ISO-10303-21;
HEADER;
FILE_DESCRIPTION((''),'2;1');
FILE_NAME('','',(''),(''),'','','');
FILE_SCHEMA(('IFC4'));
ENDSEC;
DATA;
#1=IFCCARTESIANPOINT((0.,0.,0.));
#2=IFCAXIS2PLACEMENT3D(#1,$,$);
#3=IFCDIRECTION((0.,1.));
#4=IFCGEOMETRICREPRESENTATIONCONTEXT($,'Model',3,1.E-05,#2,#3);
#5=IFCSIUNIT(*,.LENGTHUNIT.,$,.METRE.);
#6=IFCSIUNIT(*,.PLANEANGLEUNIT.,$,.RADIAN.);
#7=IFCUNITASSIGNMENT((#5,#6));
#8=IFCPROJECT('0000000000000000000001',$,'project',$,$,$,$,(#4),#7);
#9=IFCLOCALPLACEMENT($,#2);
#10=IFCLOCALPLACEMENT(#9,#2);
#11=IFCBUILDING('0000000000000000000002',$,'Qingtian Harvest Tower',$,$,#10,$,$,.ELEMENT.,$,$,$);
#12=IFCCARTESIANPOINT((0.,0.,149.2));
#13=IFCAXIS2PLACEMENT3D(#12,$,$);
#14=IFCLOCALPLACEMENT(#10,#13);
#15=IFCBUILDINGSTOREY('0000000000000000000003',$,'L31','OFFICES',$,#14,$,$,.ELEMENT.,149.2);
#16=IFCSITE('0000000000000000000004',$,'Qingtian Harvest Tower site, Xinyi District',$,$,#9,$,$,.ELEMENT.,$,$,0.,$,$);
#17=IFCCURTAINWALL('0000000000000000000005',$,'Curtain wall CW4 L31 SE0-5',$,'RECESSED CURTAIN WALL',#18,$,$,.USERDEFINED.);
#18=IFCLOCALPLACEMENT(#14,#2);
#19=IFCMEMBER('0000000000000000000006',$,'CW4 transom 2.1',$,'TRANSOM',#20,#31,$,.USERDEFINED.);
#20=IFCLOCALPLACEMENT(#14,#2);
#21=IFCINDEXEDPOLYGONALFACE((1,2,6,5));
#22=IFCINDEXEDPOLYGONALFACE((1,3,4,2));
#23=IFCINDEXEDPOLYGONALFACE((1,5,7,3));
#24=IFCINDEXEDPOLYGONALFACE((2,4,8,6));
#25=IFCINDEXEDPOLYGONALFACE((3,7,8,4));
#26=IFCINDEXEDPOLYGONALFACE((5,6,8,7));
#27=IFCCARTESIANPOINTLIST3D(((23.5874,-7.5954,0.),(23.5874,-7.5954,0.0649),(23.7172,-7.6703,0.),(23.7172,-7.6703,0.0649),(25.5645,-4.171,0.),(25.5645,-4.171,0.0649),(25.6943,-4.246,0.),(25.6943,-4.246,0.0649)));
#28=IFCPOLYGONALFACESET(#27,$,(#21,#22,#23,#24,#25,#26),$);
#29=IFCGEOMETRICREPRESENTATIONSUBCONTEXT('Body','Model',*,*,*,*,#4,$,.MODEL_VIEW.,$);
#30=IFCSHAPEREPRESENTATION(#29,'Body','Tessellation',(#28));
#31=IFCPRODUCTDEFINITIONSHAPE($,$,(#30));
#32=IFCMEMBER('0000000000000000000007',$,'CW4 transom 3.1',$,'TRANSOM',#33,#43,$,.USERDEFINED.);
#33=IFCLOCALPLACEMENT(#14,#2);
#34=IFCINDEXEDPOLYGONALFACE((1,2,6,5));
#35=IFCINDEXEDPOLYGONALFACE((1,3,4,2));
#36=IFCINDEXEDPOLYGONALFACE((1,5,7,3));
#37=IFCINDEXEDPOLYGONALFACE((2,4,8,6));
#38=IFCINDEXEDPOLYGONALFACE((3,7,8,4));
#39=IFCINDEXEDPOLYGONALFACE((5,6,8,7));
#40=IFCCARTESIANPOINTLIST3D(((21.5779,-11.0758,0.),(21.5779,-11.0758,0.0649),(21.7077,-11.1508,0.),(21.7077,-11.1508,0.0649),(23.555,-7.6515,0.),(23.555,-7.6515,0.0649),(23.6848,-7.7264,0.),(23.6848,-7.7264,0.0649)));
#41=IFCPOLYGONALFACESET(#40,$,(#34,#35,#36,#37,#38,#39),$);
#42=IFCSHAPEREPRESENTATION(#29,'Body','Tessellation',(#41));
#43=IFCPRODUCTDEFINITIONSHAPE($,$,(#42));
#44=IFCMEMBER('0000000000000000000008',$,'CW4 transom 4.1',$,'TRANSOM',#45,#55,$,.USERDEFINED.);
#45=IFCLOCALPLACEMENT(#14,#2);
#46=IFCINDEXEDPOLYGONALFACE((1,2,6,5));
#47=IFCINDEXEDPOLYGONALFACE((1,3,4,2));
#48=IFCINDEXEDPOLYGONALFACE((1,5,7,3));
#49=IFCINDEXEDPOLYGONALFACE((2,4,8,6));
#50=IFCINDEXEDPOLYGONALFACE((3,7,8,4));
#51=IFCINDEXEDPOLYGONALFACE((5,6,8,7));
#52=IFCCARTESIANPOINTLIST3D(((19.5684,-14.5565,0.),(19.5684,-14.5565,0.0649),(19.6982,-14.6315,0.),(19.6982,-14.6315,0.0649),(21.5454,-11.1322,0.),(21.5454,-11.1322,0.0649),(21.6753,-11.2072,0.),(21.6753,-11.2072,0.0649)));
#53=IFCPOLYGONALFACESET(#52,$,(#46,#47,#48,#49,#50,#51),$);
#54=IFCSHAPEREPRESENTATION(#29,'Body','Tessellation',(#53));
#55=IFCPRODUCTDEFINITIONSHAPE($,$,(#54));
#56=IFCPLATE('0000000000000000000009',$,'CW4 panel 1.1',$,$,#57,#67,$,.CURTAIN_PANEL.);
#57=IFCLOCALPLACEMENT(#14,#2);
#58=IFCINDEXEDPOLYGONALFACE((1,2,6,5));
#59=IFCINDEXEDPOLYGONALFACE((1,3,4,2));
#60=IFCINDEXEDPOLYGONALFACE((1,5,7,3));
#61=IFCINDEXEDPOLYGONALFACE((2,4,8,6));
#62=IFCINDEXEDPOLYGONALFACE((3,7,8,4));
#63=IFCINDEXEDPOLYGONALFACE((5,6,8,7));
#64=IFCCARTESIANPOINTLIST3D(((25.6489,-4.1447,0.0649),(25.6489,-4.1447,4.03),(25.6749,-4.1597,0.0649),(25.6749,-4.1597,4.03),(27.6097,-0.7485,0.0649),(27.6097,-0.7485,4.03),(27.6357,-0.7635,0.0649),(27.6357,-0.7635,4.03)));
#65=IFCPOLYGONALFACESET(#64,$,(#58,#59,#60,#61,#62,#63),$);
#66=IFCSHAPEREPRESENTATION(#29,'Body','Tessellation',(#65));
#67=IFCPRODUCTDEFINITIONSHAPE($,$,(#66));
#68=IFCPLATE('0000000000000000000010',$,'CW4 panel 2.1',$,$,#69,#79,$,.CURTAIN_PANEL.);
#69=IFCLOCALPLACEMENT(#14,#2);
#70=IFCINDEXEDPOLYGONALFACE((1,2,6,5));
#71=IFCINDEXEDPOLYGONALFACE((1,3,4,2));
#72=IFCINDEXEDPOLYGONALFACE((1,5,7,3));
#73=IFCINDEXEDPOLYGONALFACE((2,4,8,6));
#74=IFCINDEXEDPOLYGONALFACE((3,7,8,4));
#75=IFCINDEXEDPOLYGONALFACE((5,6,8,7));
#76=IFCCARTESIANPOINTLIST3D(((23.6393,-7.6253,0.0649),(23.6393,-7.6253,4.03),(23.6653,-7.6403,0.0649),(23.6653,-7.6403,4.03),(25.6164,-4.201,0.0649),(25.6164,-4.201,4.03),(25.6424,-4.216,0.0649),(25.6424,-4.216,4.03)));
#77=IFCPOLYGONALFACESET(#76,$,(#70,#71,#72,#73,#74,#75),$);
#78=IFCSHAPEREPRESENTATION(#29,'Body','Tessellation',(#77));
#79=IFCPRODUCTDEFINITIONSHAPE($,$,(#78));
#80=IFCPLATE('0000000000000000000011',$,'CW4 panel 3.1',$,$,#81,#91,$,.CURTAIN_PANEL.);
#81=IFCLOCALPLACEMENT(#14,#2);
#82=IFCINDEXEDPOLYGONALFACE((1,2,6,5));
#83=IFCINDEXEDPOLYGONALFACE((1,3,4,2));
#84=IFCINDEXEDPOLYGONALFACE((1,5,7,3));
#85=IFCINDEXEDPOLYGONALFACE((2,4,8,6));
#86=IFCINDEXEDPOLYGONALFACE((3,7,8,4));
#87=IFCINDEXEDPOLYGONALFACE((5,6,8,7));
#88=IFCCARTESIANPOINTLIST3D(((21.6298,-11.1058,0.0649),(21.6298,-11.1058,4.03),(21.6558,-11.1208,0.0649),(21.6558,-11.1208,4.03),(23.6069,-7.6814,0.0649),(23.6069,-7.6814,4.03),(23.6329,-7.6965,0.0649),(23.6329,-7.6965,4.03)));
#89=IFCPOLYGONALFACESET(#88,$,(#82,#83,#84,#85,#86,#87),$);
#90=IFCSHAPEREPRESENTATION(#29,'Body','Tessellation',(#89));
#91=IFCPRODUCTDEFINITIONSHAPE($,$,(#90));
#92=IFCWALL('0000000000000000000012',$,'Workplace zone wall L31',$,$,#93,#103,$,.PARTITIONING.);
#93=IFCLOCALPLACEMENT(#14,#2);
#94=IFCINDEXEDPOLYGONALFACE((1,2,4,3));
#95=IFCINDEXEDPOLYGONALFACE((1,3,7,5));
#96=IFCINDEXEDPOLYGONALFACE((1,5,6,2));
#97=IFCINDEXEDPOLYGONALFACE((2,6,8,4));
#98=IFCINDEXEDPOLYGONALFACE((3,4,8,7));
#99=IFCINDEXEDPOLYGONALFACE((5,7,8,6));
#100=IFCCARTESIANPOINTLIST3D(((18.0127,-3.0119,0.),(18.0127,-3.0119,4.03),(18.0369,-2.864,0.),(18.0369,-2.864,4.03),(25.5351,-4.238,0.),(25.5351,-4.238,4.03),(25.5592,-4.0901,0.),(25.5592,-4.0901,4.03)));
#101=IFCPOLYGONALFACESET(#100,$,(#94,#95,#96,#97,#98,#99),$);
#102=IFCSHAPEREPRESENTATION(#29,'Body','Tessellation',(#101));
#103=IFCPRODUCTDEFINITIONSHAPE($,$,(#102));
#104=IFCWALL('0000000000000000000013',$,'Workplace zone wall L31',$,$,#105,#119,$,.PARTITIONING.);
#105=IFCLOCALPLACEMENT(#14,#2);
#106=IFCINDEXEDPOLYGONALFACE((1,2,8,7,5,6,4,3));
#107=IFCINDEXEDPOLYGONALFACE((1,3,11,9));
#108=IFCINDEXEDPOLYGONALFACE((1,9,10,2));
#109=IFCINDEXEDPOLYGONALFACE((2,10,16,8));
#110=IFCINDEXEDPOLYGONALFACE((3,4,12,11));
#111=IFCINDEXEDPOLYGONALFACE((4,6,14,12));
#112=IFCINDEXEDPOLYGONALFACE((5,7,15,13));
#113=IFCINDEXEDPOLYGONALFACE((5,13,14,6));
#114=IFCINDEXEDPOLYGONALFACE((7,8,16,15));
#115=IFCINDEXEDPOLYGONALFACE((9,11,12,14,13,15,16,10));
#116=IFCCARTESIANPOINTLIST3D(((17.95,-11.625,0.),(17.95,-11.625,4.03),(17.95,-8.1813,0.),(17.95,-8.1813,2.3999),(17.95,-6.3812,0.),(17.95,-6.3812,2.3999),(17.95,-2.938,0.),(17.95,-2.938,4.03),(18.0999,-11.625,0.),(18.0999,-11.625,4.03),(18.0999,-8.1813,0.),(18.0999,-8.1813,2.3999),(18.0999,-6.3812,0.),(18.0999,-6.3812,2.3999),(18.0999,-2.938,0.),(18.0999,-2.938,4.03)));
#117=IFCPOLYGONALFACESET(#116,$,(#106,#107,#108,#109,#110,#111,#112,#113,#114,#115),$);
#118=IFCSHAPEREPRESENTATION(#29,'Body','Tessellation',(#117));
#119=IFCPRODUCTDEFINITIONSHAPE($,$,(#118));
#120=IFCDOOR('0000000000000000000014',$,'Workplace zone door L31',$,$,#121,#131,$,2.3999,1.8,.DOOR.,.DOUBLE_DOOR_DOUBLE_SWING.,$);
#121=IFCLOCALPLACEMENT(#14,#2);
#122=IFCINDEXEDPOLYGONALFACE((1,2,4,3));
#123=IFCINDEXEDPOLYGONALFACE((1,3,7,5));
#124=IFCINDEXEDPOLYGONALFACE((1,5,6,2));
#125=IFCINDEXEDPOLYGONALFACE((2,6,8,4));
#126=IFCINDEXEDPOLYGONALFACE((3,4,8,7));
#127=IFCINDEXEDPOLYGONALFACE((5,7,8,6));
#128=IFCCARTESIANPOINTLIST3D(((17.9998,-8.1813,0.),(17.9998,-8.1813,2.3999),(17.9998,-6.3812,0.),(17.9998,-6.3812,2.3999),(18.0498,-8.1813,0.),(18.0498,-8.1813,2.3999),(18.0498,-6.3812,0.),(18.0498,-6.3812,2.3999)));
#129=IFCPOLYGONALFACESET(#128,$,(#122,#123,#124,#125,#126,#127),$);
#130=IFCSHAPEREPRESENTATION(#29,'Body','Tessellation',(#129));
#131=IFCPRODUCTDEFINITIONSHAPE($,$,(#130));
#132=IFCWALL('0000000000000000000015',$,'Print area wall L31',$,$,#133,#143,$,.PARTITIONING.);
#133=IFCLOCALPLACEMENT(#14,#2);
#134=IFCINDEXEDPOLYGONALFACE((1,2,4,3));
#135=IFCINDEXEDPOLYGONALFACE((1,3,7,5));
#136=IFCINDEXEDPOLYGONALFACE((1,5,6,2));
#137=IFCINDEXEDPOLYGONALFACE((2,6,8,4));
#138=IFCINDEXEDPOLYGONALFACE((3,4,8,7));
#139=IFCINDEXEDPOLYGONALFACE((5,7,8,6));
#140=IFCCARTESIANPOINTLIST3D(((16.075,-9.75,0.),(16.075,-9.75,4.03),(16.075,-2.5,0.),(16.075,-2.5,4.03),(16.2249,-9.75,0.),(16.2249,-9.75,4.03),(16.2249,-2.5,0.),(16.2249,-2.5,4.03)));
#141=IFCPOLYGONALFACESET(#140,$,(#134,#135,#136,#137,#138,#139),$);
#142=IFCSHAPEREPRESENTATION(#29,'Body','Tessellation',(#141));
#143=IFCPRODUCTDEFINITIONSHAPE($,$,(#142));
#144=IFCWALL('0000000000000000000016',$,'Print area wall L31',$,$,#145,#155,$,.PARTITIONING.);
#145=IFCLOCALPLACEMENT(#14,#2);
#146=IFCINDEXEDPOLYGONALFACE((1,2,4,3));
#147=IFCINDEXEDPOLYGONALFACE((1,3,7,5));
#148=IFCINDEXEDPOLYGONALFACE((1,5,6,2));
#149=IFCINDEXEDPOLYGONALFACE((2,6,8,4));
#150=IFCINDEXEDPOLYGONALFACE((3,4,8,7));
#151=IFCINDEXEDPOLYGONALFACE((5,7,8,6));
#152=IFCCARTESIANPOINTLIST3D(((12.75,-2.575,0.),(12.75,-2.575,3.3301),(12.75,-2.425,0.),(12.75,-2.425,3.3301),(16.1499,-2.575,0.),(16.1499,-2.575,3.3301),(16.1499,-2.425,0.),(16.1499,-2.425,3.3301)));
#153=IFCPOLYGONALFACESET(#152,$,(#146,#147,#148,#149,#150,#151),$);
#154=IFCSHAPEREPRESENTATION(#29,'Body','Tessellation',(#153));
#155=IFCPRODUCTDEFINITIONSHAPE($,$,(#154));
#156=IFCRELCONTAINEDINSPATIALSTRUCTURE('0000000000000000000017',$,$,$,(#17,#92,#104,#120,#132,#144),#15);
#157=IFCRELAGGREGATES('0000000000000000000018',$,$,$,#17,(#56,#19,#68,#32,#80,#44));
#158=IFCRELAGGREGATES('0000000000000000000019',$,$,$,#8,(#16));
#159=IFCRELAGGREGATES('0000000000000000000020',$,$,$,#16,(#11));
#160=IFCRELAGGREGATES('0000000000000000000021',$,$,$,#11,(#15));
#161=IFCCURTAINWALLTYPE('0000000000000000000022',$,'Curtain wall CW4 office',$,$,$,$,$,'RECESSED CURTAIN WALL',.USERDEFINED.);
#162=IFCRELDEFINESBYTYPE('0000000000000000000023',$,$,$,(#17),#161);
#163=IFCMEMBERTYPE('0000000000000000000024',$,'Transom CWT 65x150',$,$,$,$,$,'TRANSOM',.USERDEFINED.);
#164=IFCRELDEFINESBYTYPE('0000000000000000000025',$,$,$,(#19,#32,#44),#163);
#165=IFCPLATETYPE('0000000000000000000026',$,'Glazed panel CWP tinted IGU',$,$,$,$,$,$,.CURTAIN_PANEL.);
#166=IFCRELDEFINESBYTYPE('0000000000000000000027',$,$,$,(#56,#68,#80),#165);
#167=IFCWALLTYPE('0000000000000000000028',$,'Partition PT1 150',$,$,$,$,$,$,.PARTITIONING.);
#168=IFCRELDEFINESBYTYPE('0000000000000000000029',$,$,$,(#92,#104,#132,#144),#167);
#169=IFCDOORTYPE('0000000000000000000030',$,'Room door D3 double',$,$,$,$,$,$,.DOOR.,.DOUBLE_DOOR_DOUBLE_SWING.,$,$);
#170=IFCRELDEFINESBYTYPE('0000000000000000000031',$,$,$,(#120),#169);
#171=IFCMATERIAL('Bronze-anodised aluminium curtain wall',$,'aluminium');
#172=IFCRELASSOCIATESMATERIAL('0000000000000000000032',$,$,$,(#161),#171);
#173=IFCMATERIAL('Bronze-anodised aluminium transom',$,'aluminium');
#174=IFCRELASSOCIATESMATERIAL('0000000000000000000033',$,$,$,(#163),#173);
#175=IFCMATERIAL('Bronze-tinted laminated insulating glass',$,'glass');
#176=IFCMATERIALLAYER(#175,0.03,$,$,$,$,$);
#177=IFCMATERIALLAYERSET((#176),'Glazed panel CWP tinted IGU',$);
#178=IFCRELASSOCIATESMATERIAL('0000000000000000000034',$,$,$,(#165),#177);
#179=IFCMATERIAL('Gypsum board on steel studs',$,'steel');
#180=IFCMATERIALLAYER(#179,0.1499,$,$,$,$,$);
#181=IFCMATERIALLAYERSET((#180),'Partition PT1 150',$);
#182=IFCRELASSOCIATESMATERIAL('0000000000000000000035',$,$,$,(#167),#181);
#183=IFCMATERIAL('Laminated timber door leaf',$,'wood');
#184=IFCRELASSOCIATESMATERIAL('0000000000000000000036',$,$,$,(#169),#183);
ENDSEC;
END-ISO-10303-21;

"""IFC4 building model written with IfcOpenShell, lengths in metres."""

from ifc_helpers import new_model, si_unit, direction, frame, frame_2d, origin, origin_2d, place, context, subcontext, project, spatial, rectangle, extrude, material, layer, layer_set, material_profile, profile_set, type_object, element, fill, aggregate, save


model = new_model("IFC4")

# Units and contexts
model_context = context("Model", 3, precision=1e-05, world=origin(), true_north=direction((0.0, 1.0)))
body_context = subcontext(model_context, "Body", "Model", "MODEL_VIEW")
ifc_project = project(units=[si_unit("LENGTHUNIT", "METRE"), si_unit("PLANEANGLEUNIT", "RADIAN")], contexts=[model_context])

# Site, building, storey
site_placement = place(None, origin())
site = spatial("IfcSite", under=ifc_project, at=site_placement, Name="Qingtian Harvest Tower site, Xinyi District", CompositionType="ELEMENT", RefElevation=0.0)
building_placement = place(site_placement, origin())
building = spatial("IfcBuilding", under=site, at=building_placement, Name="Qingtian Harvest Tower", CompositionType="ELEMENT")
storey_placement = place(building_placement, frame((0.0, 0.0, 149.2)))
storey = spatial("IfcBuildingStorey", under=building, at=storey_placement, Name="L31", Description="OFFICES", CompositionType="ELEMENT", Elevation=149.2)

# Shared definitions
ifc_material_1 = material(Name="Bronze-anodised aluminium curtain wall", Category="aluminium")
curtain_wall_type = type_object("IfcCurtainWallType", Name="Curtain wall CW4 office", ElementType="RECESSED CURTAIN WALL", PredefinedType="USERDEFINED", material=ifc_material_1)

# Curtain wall
curtain_wall_1_placement = place(storey_placement, origin())
curtain_wall_1 = element("IfcCurtainWall", 1, at=curtain_wall_1_placement, inside=storey, type_object=curtain_wall_type, Name="Curtain wall CW4 L31 SE0-5", ObjectType="RECESSED CURTAIN WALL", PredefinedType="USERDEFINED")

# Members
ifc_material_2 = material(Name="Bronze-anodised aluminium transom", Category="aluminium")
ifc_material_profile_1 = material_profile(ifc_material_2, rectangle(XDim=0.1499, YDim=0.0649, at=origin_2d()), Name="AL 65x150")
ifc_profile_set_1 = profile_set([ifc_material_profile_1], Name="Bronze-anodised aluminium transom")
member_type_1 = type_object("IfcMemberType", Name="Transom CWT 65x150", ElementType="TRANSOM", PredefinedType="USERDEFINED", material=ifc_profile_set_1)
member_1_placement = place(storey_placement, frame((25.6294, -4.2085, 0.0325), z_axis=(-0.500004, -0.866023, 0.0), x_axis=(0.866023, -0.500004, 0.0)))
member_1 = element("IfcMember", 2, at=member_1_placement, type_object=member_type_1, Name="CW4 transom 2.1", ObjectType="TRANSOM", PredefinedType="USERDEFINED", context=body_context, shape_type="SweptSolid", body=[
    extrude(rectangle(XDim=0.1499, YDim=0.0649, at=origin_2d()), origin(), (0.0, 0.0, 1.0), 3.9541),
])
member_2_placement = place(storey_placement, frame((23.6199, -7.689, 0.0325), z_axis=(-0.500004, -0.866023, 0.0), x_axis=(0.866023, -0.500004, 0.0)))
member_2 = element("IfcMember", 3, at=member_2_placement, type_object=member_type_1, Name="CW4 transom 3.1", ObjectType="TRANSOM", PredefinedType="USERDEFINED", context=body_context, shape_type="SweptSolid", body=[
    extrude(rectangle(XDim=0.1499, YDim=0.0649, at=origin_2d()), origin(), (0.0, 0.0, 1.0), 3.9541),
])
member_3_placement = place(storey_placement, frame((21.6104, -11.1697, 0.0325), z_axis=(-0.500004, -0.866023, 0.0), x_axis=(0.866023, -0.500004, 0.0)))
member_3 = element("IfcMember", 4, at=member_3_placement, type_object=member_type_1, Name="CW4 transom 4.1", ObjectType="TRANSOM", PredefinedType="USERDEFINED", context=body_context, shape_type="SweptSolid", body=[
    extrude(rectangle(XDim=0.1499, YDim=0.0649, at=origin_2d()), origin(), (0.0, 0.0, 1.0), 3.9541),
])

# Plates
ifc_material_3 = material(Name="Bronze-tinted laminated insulating glass", Category="glass")
ifc_layer_1 = layer(ifc_material_3, 0.03)
ifc_layer_set_1 = layer_set([ifc_layer_1], Name="Glazed panel CWP tinted IGU")
plate_type = type_object("IfcPlateType", Name="Glazed panel CWP tinted IGU", PredefinedType="CURTAIN_PANEL", material=ifc_layer_set_1)
plate_1_placement = place(storey_placement, frame((26.6423, -2.4541, 0.0649), z_axis=(0.0, 0.0, 1.0), x_axis=(-0.5, -0.866025, 0.0)))
plate_1 = element("IfcPlate", 5, at=plate_1_placement, type_object=plate_type, Name="CW4 panel 1.1", PredefinedType="CURTAIN_PANEL", context=body_context, shape_type="SweptSolid", body=[
    extrude(rectangle(XDim=3.9216, YDim=0.03, at=origin_2d()), origin(), (0.0, 0.0, 1.0), 3.9651),
])
plate_2_placement = place(storey_placement, frame((24.6409, -5.9207, 0.0649), z_axis=(0.0, 0.0, 1.0), x_axis=(-0.5, -0.866025, 0.0)))
plate_2 = element("IfcPlate", 6, at=plate_2_placement, type_object=plate_type, Name="CW4 panel 2.1", PredefinedType="CURTAIN_PANEL", context=body_context, shape_type="SweptSolid", body=[
    extrude(rectangle(XDim=3.9541, YDim=0.03, at=origin_2d()), origin(), (0.0, 0.0, 1.0), 3.9651),
])
plate_3_placement = place(storey_placement, frame((22.6313, -9.4011, 0.0649), z_axis=(0.0, 0.0, 1.0), x_axis=(-0.5, -0.866025, 0.0)))
plate_3 = element("IfcPlate", 7, at=plate_3_placement, type_object=plate_type, Name="CW4 panel 3.1", PredefinedType="CURTAIN_PANEL", context=body_context, shape_type="SweptSolid", body=[
    extrude(rectangle(XDim=3.9541, YDim=0.03, at=origin_2d()), origin(), (0.0, 0.0, 1.0), 3.9651),
])
aggregate(curtain_wall_1, [plate_1, member_1, plate_2, member_2, plate_3, member_3])

# Wall
ifc_material_4 = material(Name="Gypsum board on steel studs", Category="steel")
ifc_layer_2 = layer(ifc_material_4, 0.1499)
ifc_layer_set_2 = layer_set([ifc_layer_2], Name="Partition PT1 150")
wall_type = type_object("IfcWallType", Name="Partition PT1 150", PredefinedType="PARTITIONING", material=ifc_layer_set_2)
wall_1_placement = place(storey_placement, frame((25.5471, -4.1641, 0.0), z_axis=(0.0, 0.0, 1.0), x_axis=(-0.986975, 0.160871, 0.0)))
element("IfcWall", 8, at=wall_1_placement, inside=storey, type_object=wall_type, Name="Workplace zone wall L31", PredefinedType="PARTITIONING", context=body_context, shape_type="SweptSolid", body=[
    extrude(rectangle(XDim=7.6216, YDim=0.1499, at=frame_2d((3.8108, 0.0))), origin(), (0.0, 0.0, 1.0), 4.03),
])

# Wall, opening, door
wall_2_placement = place(storey_placement, frame((18.0249, -2.938, 0.0), z_axis=(0.0, 0.0, 1.0), x_axis=(0.0, -1.0, 0.0)))
wall_2 = element("IfcWall", 9, at=wall_2_placement, inside=storey, type_object=wall_type, Name="Workplace zone wall L31", PredefinedType="PARTITIONING", context=body_context, shape_type="SweptSolid", body=[
    extrude(rectangle(XDim=8.687, YDim=0.1499, at=frame_2d((4.3435, 0.0))), origin(), (0.0, 0.0, 1.0), 4.03),
])
opening_placement = place(wall_2_placement, frame((3.4434, 0.0, 0.0)))
opening = element("IfcOpeningElement", 10, at=opening_placement, cuts=wall_2, PredefinedType="OPENING", context=body_context, shape_type="SweptSolid", body=[
    extrude(rectangle(XDim=1.8, YDim=2.3999, at=frame_2d((0.8999, 1.2))), frame((0.0, 0.085, 0.0), z_axis=(0.0, -1.0, 0.0), x_axis=(1.0, 0.0, 0.0)), (0.0, 0.0, 1.0), 0.1699),
])
ifc_material_5 = material(Name="Laminated timber door leaf", Category="wood")
door_type = type_object("IfcDoorType", Name="Room door D3 double", OperationType="DOUBLE_DOOR_DOUBLE_SWING", PredefinedType="DOOR", material=ifc_material_5)
door_placement = place(opening_placement, origin())
door = element("IfcDoor", 11, at=door_placement, inside=storey, type_object=door_type, Name="Workplace zone door L31", OperationType="DOUBLE_DOOR_DOUBLE_SWING", OverallHeight=2.3999, OverallWidth=1.8, PredefinedType="DOOR", context=body_context, shape_type="SweptSolid", body=[
    extrude(rectangle(XDim=1.8, YDim=2.3999, at=frame_2d((0.8999, 1.2))), frame((0.0, 0.0249, 0.0), z_axis=(0.0, -1.0, 0.0), x_axis=(1.0, 0.0, 0.0)), (0.0, 0.0, 1.0), 0.05),
])
fill(opening, door)

# Walls
wall_3_placement = place(storey_placement, frame((16.1499, -9.75, 0.0), z_axis=(0.0, 0.0, 1.0), x_axis=(0.0, 1.0, 0.0)))
element("IfcWall", 12, at=wall_3_placement, inside=storey, type_object=wall_type, Name="Print area wall L31", PredefinedType="PARTITIONING", context=body_context, shape_type="SweptSolid", body=[
    extrude(rectangle(XDim=7.25, YDim=0.1499, at=frame_2d((3.625, 0.0))), origin(), (0.0, 0.0, 1.0), 4.03),
])
wall_4_placement = place(storey_placement, frame((12.75, -2.5, 0.0), z_axis=(0.0, 0.0, 1.0), x_axis=(1.0, 0.0, 0.0)))
element("IfcWall", 13, at=wall_4_placement, inside=storey, type_object=wall_type, Name="Print area wall L31", PredefinedType="PARTITIONING", context=body_context, shape_type="SweptSolid", body=[
    extrude(rectangle(XDim=3.3999, YDim=0.1499, at=frame_2d((1.7, 0.0))), origin(), (0.0, 0.0, 1.0), 3.3301),
])

save(model, "model.ifc")
